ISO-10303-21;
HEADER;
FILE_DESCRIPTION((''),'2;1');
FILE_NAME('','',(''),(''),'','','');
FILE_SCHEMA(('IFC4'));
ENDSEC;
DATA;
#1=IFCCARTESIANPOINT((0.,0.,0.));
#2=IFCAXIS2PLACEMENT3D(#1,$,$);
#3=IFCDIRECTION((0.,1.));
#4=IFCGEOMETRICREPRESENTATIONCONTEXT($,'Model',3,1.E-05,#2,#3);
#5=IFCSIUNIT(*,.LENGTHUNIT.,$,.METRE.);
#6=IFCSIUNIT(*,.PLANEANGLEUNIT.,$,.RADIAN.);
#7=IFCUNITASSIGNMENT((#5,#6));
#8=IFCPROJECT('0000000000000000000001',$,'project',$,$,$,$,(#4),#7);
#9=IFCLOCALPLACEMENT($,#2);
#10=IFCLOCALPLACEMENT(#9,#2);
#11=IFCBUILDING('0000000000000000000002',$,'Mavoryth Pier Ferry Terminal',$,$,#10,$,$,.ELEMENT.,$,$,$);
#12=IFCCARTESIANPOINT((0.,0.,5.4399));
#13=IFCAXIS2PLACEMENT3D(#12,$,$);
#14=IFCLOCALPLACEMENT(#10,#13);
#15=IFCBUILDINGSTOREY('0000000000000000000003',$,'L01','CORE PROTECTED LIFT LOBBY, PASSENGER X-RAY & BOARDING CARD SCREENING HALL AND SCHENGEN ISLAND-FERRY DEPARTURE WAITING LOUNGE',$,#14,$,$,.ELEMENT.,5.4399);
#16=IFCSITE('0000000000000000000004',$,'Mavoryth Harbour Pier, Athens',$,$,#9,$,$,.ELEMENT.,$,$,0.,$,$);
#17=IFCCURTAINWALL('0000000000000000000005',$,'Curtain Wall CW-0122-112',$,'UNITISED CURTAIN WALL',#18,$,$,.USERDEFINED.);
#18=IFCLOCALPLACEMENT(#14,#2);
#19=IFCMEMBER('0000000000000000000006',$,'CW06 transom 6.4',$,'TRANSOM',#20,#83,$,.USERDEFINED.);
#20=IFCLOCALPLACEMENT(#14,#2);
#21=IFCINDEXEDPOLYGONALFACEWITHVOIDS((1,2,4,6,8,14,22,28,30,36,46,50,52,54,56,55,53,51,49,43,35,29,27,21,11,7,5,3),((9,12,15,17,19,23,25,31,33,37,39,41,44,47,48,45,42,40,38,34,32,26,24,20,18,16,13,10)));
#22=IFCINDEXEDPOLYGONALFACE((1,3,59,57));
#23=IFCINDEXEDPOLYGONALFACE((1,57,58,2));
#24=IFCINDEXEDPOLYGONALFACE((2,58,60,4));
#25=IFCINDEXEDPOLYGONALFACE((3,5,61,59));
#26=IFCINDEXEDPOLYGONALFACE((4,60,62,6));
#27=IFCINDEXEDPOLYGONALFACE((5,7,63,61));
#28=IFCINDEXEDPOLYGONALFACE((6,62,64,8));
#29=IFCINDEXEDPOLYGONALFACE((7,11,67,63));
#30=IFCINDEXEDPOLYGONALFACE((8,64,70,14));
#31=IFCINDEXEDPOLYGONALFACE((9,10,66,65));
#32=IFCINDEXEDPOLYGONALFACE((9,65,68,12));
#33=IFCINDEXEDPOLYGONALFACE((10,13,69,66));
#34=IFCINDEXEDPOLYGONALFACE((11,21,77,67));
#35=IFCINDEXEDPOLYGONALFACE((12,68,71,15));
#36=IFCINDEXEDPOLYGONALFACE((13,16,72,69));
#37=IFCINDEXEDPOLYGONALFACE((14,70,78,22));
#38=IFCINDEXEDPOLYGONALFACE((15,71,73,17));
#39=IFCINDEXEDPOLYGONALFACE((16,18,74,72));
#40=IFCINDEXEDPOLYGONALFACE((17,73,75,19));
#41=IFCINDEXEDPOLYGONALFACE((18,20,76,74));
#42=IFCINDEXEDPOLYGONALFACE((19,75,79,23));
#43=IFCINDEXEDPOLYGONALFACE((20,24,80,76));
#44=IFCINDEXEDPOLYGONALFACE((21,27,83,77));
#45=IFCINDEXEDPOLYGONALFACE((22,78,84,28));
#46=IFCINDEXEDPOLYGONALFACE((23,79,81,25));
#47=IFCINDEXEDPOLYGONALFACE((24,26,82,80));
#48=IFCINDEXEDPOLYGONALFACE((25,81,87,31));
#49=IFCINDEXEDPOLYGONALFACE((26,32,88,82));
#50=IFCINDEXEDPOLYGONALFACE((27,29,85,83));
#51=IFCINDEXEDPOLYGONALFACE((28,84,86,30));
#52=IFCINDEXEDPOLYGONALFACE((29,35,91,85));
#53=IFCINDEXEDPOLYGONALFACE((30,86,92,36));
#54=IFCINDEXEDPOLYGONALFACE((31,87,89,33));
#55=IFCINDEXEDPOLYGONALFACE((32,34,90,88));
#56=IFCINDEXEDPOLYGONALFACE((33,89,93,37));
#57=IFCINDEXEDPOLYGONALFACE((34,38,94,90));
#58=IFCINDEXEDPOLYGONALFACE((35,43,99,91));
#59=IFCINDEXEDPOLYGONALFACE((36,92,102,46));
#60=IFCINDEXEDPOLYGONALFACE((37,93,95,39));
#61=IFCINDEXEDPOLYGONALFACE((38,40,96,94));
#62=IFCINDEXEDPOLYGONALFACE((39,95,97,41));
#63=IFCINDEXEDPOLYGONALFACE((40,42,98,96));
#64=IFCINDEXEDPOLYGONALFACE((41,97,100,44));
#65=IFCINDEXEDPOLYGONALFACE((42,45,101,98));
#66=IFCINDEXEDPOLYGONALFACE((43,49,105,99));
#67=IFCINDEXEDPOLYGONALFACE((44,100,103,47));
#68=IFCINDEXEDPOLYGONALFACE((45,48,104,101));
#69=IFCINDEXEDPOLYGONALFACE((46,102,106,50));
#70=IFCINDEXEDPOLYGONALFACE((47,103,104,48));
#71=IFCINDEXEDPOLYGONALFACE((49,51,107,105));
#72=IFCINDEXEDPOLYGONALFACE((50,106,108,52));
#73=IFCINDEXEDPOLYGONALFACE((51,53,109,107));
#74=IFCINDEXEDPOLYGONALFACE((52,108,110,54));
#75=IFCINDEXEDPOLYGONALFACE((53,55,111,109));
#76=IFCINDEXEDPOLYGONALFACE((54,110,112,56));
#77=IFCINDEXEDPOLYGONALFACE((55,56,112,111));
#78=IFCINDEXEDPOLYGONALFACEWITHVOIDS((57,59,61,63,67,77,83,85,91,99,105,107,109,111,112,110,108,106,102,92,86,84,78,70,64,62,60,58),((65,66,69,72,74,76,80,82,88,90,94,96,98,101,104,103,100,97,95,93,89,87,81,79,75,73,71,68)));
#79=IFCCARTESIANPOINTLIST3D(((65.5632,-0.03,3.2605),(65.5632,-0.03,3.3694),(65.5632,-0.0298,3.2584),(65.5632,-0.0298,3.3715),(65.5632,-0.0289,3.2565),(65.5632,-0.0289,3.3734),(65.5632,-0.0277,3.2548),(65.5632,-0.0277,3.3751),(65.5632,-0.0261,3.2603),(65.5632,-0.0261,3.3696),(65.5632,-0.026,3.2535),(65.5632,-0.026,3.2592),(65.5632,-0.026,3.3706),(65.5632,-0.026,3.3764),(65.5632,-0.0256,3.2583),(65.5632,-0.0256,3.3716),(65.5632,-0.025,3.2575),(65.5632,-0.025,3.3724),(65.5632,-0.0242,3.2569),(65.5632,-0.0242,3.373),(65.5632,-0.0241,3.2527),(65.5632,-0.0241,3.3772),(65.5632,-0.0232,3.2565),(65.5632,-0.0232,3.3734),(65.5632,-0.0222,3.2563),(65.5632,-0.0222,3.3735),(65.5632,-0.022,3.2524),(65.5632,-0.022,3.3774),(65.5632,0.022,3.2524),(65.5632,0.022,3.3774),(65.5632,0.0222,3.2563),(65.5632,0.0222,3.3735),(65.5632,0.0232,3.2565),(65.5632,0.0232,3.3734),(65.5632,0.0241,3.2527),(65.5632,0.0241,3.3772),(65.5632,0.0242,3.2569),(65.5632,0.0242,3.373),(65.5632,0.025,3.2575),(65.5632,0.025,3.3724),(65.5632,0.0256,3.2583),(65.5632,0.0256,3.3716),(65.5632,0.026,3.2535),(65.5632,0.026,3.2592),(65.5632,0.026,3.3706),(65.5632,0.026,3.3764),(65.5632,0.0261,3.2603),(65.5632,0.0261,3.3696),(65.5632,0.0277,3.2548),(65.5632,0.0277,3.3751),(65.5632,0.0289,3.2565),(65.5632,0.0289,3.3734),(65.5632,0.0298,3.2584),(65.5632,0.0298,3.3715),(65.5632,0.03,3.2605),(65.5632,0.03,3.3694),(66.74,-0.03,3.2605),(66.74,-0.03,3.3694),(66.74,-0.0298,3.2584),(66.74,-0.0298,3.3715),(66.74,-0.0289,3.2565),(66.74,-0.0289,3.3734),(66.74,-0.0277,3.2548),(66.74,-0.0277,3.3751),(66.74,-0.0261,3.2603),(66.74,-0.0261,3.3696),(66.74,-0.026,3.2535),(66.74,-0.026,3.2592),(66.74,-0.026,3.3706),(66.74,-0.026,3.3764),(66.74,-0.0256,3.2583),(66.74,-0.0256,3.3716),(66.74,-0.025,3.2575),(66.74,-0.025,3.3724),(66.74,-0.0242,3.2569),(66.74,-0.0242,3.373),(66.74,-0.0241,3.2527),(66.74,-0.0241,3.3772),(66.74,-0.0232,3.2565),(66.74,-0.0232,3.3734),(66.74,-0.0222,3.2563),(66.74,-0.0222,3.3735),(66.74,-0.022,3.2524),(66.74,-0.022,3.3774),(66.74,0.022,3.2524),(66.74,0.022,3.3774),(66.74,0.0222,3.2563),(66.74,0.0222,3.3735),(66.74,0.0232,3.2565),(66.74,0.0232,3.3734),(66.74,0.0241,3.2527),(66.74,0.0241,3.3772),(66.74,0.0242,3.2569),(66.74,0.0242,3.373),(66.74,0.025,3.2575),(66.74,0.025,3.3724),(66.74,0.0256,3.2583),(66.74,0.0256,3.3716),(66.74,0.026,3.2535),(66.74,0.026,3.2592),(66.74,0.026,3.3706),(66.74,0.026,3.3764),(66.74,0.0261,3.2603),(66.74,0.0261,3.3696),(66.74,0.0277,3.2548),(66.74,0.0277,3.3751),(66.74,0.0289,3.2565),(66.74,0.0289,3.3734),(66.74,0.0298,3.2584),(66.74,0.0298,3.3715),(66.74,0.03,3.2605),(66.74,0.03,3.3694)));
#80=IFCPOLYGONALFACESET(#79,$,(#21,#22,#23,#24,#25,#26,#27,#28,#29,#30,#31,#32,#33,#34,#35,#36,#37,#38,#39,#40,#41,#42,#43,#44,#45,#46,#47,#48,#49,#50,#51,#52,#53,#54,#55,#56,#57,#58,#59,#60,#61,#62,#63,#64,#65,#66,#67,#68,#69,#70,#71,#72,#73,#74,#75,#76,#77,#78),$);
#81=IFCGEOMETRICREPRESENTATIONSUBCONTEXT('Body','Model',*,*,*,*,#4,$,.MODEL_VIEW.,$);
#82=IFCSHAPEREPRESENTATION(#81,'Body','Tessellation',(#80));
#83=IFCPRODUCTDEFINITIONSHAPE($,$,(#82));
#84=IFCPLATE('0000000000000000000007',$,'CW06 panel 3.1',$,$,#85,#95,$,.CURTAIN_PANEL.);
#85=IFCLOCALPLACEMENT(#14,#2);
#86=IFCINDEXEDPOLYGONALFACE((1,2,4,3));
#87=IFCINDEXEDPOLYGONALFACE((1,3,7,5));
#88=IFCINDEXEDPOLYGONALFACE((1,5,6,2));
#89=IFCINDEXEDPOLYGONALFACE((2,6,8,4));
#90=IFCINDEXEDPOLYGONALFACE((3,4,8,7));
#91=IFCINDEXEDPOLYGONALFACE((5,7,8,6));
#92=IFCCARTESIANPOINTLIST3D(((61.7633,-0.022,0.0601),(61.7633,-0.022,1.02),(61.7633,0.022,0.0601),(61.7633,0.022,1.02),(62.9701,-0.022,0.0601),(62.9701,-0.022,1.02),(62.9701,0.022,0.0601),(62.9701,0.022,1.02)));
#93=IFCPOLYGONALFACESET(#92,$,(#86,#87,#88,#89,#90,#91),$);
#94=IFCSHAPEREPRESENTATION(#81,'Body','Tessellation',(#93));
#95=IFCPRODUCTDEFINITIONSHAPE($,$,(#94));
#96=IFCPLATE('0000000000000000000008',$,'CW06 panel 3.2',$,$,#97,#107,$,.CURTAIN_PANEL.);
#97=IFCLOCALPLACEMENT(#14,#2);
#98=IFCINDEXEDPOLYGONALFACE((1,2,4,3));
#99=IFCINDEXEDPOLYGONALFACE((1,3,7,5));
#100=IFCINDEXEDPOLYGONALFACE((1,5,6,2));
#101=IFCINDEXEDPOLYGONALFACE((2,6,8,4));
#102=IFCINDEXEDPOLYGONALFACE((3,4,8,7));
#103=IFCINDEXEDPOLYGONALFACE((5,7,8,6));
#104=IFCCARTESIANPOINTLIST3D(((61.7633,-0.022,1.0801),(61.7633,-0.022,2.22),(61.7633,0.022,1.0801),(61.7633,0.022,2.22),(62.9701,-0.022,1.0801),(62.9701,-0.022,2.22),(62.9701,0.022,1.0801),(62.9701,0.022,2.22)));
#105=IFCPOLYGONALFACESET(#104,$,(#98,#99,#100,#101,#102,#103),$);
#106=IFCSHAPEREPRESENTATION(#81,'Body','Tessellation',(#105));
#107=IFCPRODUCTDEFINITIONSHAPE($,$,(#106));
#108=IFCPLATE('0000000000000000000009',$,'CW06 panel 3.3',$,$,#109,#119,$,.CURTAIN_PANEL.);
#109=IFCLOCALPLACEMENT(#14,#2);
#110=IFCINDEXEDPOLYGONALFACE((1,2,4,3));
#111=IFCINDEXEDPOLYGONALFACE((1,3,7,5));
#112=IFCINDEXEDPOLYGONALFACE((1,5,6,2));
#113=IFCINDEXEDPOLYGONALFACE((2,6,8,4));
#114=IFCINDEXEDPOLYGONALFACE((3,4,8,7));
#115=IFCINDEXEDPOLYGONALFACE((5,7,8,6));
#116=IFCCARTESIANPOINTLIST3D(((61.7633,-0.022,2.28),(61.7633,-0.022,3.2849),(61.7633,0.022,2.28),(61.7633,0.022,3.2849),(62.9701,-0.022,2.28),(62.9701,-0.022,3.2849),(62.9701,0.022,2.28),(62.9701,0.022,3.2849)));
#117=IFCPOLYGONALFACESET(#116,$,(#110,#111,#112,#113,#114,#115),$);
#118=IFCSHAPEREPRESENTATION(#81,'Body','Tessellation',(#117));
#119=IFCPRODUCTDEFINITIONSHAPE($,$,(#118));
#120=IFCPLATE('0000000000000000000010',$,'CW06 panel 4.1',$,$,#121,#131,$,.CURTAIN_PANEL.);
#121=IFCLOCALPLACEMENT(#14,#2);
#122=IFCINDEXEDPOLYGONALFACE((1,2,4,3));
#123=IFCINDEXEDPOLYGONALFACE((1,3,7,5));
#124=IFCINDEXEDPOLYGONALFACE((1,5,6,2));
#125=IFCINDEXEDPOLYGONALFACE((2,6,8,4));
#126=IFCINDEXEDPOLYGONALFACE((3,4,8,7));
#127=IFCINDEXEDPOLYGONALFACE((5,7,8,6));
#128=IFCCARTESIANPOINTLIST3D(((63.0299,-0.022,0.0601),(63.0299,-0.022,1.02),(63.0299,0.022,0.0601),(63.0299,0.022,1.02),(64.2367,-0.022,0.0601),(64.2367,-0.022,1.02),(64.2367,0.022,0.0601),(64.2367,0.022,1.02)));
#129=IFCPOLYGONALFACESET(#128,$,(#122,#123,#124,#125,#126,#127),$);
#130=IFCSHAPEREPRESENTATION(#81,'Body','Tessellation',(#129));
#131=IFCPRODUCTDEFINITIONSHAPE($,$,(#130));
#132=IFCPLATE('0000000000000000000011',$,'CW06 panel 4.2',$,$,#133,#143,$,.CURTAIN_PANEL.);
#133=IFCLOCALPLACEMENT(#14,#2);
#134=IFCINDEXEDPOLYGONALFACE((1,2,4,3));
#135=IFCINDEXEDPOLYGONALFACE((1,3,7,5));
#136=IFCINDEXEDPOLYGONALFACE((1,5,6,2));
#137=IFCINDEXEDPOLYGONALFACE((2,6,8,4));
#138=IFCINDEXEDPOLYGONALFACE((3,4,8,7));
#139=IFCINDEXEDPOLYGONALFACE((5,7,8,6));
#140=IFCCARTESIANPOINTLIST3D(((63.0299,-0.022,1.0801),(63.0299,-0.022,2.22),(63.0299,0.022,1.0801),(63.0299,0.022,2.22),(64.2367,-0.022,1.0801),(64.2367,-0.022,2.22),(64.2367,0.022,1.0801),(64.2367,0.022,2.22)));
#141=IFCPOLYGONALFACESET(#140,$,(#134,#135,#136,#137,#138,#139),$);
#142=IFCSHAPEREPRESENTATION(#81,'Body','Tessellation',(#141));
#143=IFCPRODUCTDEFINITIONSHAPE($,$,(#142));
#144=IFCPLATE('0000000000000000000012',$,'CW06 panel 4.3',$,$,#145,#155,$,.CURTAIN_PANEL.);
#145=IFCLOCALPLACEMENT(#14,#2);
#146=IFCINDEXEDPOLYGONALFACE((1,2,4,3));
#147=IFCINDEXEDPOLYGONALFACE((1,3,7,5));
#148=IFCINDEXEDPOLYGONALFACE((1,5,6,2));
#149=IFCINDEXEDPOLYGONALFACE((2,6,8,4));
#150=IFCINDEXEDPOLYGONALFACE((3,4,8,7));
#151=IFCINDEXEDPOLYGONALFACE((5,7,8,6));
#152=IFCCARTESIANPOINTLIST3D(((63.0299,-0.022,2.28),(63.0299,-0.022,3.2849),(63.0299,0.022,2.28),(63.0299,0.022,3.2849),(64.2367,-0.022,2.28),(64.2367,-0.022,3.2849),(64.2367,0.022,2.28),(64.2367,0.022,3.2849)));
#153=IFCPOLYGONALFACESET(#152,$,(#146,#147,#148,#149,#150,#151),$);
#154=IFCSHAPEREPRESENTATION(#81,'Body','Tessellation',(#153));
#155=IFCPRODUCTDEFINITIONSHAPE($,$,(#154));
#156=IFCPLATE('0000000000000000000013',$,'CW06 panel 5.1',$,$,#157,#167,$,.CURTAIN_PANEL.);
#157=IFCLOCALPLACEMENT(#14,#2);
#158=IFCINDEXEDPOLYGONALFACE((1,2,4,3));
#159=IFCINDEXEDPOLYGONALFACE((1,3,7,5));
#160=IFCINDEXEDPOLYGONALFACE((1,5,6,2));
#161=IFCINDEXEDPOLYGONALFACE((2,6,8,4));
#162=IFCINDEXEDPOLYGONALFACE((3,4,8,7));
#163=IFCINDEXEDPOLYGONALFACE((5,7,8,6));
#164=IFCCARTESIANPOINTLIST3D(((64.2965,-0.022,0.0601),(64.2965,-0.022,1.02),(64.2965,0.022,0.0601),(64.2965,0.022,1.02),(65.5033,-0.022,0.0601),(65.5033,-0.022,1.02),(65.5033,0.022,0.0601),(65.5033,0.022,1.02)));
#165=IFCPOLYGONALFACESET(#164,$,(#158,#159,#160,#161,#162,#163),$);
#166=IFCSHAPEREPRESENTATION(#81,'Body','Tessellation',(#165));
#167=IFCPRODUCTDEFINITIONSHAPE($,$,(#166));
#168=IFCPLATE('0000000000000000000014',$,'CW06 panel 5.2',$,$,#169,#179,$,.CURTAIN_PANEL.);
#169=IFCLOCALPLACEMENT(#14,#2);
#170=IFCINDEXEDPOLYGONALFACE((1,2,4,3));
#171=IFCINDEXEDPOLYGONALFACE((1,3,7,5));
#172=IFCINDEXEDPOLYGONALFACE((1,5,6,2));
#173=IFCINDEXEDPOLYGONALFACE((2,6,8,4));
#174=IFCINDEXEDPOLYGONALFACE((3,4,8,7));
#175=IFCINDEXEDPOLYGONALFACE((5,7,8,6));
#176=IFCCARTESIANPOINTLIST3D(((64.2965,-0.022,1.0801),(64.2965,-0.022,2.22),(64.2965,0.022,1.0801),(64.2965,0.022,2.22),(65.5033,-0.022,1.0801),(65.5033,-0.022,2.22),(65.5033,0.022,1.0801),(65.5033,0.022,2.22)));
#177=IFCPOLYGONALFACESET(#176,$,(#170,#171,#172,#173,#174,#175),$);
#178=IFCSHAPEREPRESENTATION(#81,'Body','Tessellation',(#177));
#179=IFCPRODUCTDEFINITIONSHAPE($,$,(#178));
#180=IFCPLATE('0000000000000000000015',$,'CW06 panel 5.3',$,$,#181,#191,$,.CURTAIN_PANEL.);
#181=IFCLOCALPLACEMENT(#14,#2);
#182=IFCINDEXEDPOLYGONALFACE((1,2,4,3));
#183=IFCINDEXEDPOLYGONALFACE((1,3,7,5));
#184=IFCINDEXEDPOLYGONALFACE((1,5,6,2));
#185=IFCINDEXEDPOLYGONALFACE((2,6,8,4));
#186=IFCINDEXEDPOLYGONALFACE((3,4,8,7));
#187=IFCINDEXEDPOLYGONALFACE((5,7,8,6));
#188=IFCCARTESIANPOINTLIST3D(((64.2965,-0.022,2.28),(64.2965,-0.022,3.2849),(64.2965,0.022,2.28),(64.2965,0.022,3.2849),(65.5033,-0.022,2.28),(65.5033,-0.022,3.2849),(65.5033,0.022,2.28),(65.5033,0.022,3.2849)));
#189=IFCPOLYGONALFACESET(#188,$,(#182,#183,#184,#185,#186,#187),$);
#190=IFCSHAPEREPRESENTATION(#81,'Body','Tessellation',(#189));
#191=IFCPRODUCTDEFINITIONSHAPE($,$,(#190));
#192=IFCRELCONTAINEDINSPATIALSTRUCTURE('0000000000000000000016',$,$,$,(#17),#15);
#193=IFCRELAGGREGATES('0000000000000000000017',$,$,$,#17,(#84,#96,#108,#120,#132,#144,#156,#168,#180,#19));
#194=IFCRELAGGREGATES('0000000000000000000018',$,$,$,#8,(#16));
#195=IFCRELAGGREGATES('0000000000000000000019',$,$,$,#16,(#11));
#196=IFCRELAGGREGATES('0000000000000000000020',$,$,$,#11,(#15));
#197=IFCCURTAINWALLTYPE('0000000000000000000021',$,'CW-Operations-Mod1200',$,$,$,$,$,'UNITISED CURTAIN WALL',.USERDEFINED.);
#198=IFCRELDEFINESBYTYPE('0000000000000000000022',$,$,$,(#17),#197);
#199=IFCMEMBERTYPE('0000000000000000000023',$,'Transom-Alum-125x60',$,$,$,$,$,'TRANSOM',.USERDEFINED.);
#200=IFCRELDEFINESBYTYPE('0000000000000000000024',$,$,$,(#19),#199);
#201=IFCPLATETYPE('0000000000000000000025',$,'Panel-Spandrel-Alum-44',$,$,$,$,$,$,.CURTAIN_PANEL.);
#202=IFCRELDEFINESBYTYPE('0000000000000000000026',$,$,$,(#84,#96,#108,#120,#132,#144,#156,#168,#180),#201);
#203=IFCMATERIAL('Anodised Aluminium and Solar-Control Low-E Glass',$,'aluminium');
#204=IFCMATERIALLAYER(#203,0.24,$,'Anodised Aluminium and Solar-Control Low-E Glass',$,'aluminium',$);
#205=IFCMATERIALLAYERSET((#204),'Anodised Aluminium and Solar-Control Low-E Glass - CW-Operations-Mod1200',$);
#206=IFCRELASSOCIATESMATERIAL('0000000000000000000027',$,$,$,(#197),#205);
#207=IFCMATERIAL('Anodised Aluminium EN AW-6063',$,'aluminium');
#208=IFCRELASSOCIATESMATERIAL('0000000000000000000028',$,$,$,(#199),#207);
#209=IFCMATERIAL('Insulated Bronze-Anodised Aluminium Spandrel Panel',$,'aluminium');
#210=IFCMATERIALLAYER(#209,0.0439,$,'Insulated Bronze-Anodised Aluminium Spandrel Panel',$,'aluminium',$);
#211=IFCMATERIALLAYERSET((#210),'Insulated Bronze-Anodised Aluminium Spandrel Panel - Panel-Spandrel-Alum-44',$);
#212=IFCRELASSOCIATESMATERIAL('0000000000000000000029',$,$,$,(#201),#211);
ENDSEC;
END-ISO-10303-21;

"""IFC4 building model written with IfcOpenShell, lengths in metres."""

from ifc_helpers import new_model, si_unit, direction, frame, origin, origin_2d, place, context, subcontext, project, spatial, rectangle, hollow_rectangle, extrude, material, layer, layer_set, material_profile, profile_set, type_object, element, aggregate, save


model = new_model("IFC4")

# Units and contexts
model_context = context("Model", 3, precision=1e-05, world=origin(), true_north=direction((0.0, 1.0)))
body_context = subcontext(model_context, "Body", "Model", "MODEL_VIEW")
ifc_project = project(units=[si_unit("LENGTHUNIT", "METRE"), si_unit("PLANEANGLEUNIT", "RADIAN")], contexts=[model_context])

# Site, building, storey
site_placement = place(None, origin())
site = spatial("IfcSite", under=ifc_project, at=site_placement, Name="Mavoryth Harbour Pier, Athens", CompositionType="ELEMENT", RefElevation=0.0)
building_placement = place(site_placement, origin())
building = spatial("IfcBuilding", under=site, at=building_placement, Name="Mavoryth Pier Ferry Terminal", CompositionType="ELEMENT")
storey_placement = place(building_placement, frame((0.0, 0.0, 5.4399)))
storey = spatial("IfcBuildingStorey", under=building, at=storey_placement, Name="L01", Description="CORE PROTECTED LIFT LOBBY, PASSENGER X-RAY & BOARDING CARD SCREENING HALL AND SCHENGEN ISLAND-FERRY DEPARTURE WAITING LOUNGE", CompositionType="ELEMENT", Elevation=5.4399)

# Curtain wall, member, plates
ifc_material_1 = material(Name="Anodised Aluminium and Solar-Control Low-E Glass", Category="aluminium")
ifc_layer_1 = layer(ifc_material_1, 0.24, Name="Anodised Aluminium and Solar-Control Low-E Glass", Category="aluminium")
ifc_layer_set_1 = layer_set([ifc_layer_1], Name="Anodised Aluminium and Solar-Control Low-E Glass - CW-Operations-Mod1200")
curtain_wall_type = type_object("IfcCurtainWallType", Name="CW-Operations-Mod1200", ElementType="UNITISED CURTAIN WALL", PredefinedType="USERDEFINED", material=ifc_layer_set_1)
curtain_wall_placement = place(storey_placement, origin())
curtain_wall = element("IfcCurtainWall", 1, at=curtain_wall_placement, inside=storey, type_object=curtain_wall_type, Name="Curtain Wall CW-0122-112", ObjectType="UNITISED CURTAIN WALL", PredefinedType="USERDEFINED")
ifc_material_2 = material(Name="Anodised Aluminium EN AW-6063", Category="aluminium")
ifc_material_profile_1 = material_profile(ifc_material_2, hollow_rectangle(XDim=0.0601, YDim=0.125, WallThickness=0.0039, InnerFilletRadius=0.0039, OuterFilletRadius=0.0081, at=origin_2d()), Name="AL-TRAN 125x60x4", Category="aluminium")
ifc_profile_set_1 = profile_set([ifc_material_profile_1], Name="Anodised Aluminium EN AW-6063 - AL-TRAN 125x60x4")
member_type_1 = type_object("IfcMemberType", Name="Transom-Alum-125x60", ElementType="TRANSOM", PredefinedType="USERDEFINED", material=ifc_profile_set_1)
member_1_placement = place(storey_placement, frame((65.5632, 0.0, 3.3149), z_axis=(1.0, 0.0, 0.0), x_axis=(0.0, 1.0, 0.0)))
member_1 = element("IfcMember", 2, at=member_1_placement, type_object=member_type_1, Name="CW06 transom 6.4", ObjectType="TRANSOM", PredefinedType="USERDEFINED", context=body_context, shape_type="SweptSolid", body=[
    extrude(hollow_rectangle(XDim=0.0601, YDim=0.125, WallThickness=0.0039, InnerFilletRadius=0.0039, OuterFilletRadius=0.0081, at=origin_2d()), origin(), (0.0, 0.0, 1.0), 1.1768),
])
ifc_material_3 = material(Name="Insulated Bronze-Anodised Aluminium Spandrel Panel", Category="aluminium")
ifc_layer_2 = layer(ifc_material_3, 0.0439, Name="Insulated Bronze-Anodised Aluminium Spandrel Panel", Category="aluminium")
ifc_layer_set_2 = layer_set([ifc_layer_2], Name="Insulated Bronze-Anodised Aluminium Spandrel Panel - Panel-Spandrel-Alum-44")
plate_type = type_object("IfcPlateType", Name="Panel-Spandrel-Alum-44", PredefinedType="CURTAIN_PANEL", material=ifc_layer_set_2)
plate_1_placement = place(storey_placement, frame((62.3667, 0.0, 0.0601), z_axis=(0.0, 0.0, 1.0), x_axis=(1.0, 0.0, 0.0)))
plate_1 = element("IfcPlate", 3, at=plate_1_placement, type_object=plate_type, Name="CW06 panel 3.1", PredefinedType="CURTAIN_PANEL", context=body_context, shape_type="SweptSolid", body=[
    extrude(rectangle(XDim=1.2068, YDim=0.0439, at=origin_2d()), origin(), (0.0, 0.0, 1.0), 0.96),
])
plate_2_placement = place(storey_placement, frame((62.3667, 0.0, 1.0801), z_axis=(0.0, 0.0, 1.0), x_axis=(1.0, 0.0, 0.0)))
plate_2 = element("IfcPlate", 4, at=plate_2_placement, type_object=plate_type, Name="CW06 panel 3.2", PredefinedType="CURTAIN_PANEL", context=body_context, shape_type="SweptSolid", body=[
    extrude(rectangle(XDim=1.2068, YDim=0.0439, at=origin_2d()), origin(), (0.0, 0.0, 1.0), 1.1399),
])
plate_3_placement = place(storey_placement, frame((62.3667, 0.0, 2.28), z_axis=(0.0, 0.0, 1.0), x_axis=(1.0, 0.0, 0.0)))
plate_3 = element("IfcPlate", 5, at=plate_3_placement, type_object=plate_type, Name="CW06 panel 3.3", PredefinedType="CURTAIN_PANEL", context=body_context, shape_type="SweptSolid", body=[
    extrude(rectangle(XDim=1.2068, YDim=0.0439, at=origin_2d()), origin(), (0.0, 0.0, 1.0), 1.0049),
])
plate_4_placement = place(storey_placement, frame((63.6333, 0.0, 0.0601), z_axis=(0.0, 0.0, 1.0), x_axis=(1.0, 0.0, 0.0)))
plate_4 = element("IfcPlate", 6, at=plate_4_placement, type_object=plate_type, Name="CW06 panel 4.1", PredefinedType="CURTAIN_PANEL", context=body_context, shape_type="SweptSolid", body=[
    extrude(rectangle(XDim=1.2068, YDim=0.0439, at=origin_2d()), origin(), (0.0, 0.0, 1.0), 0.96),
])
plate_5_placement = place(storey_placement, frame((63.6333, 0.0, 1.0801), z_axis=(0.0, 0.0, 1.0), x_axis=(1.0, 0.0, 0.0)))
plate_5 = element("IfcPlate", 7, at=plate_5_placement, type_object=plate_type, Name="CW06 panel 4.2", PredefinedType="CURTAIN_PANEL", context=body_context, shape_type="SweptSolid", body=[
    extrude(rectangle(XDim=1.2068, YDim=0.0439, at=origin_2d()), origin(), (0.0, 0.0, 1.0), 1.1399),
])
plate_6_placement = place(storey_placement, frame((63.6333, 0.0, 2.28), z_axis=(0.0, 0.0, 1.0), x_axis=(1.0, 0.0, 0.0)))
plate_6 = element("IfcPlate", 8, at=plate_6_placement, type_object=plate_type, Name="CW06 panel 4.3", PredefinedType="CURTAIN_PANEL", context=body_context, shape_type="SweptSolid", body=[
    extrude(rectangle(XDim=1.2068, YDim=0.0439, at=origin_2d()), origin(), (0.0, 0.0, 1.0), 1.0049),
])
plate_7_placement = place(storey_placement, frame((64.8999, 0.0, 0.0601), z_axis=(0.0, 0.0, 1.0), x_axis=(1.0, 0.0, 0.0)))
plate_7 = element("IfcPlate", 9, at=plate_7_placement, type_object=plate_type, Name="CW06 panel 5.1", PredefinedType="CURTAIN_PANEL", context=body_context, shape_type="SweptSolid", body=[
    extrude(rectangle(XDim=1.2068, YDim=0.0439, at=origin_2d()), origin(), (0.0, 0.0, 1.0), 0.96),
])
plate_8_placement = place(storey_placement, frame((64.8999, 0.0, 1.0801), z_axis=(0.0, 0.0, 1.0), x_axis=(1.0, 0.0, 0.0)))
plate_8 = element("IfcPlate", 10, at=plate_8_placement, type_object=plate_type, Name="CW06 panel 5.2", PredefinedType="CURTAIN_PANEL", context=body_context, shape_type="SweptSolid", body=[
    extrude(rectangle(XDim=1.2068, YDim=0.0439, at=origin_2d()), origin(), (0.0, 0.0, 1.0), 1.1399),
])
plate_9_placement = place(storey_placement, frame((64.8999, 0.0, 2.28), z_axis=(0.0, 0.0, 1.0), x_axis=(1.0, 0.0, 0.0)))
plate_9 = element("IfcPlate", 11, at=plate_9_placement, type_object=plate_type, Name="CW06 panel 5.3", PredefinedType="CURTAIN_PANEL", context=body_context, shape_type="SweptSolid", body=[
    extrude(rectangle(XDim=1.2068, YDim=0.0439, at=origin_2d()), origin(), (0.0, 0.0, 1.0), 1.0049),
])
aggregate(curtain_wall, [plate_1, plate_2, plate_3, plate_4, plate_5, plate_6, plate_7, plate_8, plate_9, member_1])

save(model, "model.ifc")
